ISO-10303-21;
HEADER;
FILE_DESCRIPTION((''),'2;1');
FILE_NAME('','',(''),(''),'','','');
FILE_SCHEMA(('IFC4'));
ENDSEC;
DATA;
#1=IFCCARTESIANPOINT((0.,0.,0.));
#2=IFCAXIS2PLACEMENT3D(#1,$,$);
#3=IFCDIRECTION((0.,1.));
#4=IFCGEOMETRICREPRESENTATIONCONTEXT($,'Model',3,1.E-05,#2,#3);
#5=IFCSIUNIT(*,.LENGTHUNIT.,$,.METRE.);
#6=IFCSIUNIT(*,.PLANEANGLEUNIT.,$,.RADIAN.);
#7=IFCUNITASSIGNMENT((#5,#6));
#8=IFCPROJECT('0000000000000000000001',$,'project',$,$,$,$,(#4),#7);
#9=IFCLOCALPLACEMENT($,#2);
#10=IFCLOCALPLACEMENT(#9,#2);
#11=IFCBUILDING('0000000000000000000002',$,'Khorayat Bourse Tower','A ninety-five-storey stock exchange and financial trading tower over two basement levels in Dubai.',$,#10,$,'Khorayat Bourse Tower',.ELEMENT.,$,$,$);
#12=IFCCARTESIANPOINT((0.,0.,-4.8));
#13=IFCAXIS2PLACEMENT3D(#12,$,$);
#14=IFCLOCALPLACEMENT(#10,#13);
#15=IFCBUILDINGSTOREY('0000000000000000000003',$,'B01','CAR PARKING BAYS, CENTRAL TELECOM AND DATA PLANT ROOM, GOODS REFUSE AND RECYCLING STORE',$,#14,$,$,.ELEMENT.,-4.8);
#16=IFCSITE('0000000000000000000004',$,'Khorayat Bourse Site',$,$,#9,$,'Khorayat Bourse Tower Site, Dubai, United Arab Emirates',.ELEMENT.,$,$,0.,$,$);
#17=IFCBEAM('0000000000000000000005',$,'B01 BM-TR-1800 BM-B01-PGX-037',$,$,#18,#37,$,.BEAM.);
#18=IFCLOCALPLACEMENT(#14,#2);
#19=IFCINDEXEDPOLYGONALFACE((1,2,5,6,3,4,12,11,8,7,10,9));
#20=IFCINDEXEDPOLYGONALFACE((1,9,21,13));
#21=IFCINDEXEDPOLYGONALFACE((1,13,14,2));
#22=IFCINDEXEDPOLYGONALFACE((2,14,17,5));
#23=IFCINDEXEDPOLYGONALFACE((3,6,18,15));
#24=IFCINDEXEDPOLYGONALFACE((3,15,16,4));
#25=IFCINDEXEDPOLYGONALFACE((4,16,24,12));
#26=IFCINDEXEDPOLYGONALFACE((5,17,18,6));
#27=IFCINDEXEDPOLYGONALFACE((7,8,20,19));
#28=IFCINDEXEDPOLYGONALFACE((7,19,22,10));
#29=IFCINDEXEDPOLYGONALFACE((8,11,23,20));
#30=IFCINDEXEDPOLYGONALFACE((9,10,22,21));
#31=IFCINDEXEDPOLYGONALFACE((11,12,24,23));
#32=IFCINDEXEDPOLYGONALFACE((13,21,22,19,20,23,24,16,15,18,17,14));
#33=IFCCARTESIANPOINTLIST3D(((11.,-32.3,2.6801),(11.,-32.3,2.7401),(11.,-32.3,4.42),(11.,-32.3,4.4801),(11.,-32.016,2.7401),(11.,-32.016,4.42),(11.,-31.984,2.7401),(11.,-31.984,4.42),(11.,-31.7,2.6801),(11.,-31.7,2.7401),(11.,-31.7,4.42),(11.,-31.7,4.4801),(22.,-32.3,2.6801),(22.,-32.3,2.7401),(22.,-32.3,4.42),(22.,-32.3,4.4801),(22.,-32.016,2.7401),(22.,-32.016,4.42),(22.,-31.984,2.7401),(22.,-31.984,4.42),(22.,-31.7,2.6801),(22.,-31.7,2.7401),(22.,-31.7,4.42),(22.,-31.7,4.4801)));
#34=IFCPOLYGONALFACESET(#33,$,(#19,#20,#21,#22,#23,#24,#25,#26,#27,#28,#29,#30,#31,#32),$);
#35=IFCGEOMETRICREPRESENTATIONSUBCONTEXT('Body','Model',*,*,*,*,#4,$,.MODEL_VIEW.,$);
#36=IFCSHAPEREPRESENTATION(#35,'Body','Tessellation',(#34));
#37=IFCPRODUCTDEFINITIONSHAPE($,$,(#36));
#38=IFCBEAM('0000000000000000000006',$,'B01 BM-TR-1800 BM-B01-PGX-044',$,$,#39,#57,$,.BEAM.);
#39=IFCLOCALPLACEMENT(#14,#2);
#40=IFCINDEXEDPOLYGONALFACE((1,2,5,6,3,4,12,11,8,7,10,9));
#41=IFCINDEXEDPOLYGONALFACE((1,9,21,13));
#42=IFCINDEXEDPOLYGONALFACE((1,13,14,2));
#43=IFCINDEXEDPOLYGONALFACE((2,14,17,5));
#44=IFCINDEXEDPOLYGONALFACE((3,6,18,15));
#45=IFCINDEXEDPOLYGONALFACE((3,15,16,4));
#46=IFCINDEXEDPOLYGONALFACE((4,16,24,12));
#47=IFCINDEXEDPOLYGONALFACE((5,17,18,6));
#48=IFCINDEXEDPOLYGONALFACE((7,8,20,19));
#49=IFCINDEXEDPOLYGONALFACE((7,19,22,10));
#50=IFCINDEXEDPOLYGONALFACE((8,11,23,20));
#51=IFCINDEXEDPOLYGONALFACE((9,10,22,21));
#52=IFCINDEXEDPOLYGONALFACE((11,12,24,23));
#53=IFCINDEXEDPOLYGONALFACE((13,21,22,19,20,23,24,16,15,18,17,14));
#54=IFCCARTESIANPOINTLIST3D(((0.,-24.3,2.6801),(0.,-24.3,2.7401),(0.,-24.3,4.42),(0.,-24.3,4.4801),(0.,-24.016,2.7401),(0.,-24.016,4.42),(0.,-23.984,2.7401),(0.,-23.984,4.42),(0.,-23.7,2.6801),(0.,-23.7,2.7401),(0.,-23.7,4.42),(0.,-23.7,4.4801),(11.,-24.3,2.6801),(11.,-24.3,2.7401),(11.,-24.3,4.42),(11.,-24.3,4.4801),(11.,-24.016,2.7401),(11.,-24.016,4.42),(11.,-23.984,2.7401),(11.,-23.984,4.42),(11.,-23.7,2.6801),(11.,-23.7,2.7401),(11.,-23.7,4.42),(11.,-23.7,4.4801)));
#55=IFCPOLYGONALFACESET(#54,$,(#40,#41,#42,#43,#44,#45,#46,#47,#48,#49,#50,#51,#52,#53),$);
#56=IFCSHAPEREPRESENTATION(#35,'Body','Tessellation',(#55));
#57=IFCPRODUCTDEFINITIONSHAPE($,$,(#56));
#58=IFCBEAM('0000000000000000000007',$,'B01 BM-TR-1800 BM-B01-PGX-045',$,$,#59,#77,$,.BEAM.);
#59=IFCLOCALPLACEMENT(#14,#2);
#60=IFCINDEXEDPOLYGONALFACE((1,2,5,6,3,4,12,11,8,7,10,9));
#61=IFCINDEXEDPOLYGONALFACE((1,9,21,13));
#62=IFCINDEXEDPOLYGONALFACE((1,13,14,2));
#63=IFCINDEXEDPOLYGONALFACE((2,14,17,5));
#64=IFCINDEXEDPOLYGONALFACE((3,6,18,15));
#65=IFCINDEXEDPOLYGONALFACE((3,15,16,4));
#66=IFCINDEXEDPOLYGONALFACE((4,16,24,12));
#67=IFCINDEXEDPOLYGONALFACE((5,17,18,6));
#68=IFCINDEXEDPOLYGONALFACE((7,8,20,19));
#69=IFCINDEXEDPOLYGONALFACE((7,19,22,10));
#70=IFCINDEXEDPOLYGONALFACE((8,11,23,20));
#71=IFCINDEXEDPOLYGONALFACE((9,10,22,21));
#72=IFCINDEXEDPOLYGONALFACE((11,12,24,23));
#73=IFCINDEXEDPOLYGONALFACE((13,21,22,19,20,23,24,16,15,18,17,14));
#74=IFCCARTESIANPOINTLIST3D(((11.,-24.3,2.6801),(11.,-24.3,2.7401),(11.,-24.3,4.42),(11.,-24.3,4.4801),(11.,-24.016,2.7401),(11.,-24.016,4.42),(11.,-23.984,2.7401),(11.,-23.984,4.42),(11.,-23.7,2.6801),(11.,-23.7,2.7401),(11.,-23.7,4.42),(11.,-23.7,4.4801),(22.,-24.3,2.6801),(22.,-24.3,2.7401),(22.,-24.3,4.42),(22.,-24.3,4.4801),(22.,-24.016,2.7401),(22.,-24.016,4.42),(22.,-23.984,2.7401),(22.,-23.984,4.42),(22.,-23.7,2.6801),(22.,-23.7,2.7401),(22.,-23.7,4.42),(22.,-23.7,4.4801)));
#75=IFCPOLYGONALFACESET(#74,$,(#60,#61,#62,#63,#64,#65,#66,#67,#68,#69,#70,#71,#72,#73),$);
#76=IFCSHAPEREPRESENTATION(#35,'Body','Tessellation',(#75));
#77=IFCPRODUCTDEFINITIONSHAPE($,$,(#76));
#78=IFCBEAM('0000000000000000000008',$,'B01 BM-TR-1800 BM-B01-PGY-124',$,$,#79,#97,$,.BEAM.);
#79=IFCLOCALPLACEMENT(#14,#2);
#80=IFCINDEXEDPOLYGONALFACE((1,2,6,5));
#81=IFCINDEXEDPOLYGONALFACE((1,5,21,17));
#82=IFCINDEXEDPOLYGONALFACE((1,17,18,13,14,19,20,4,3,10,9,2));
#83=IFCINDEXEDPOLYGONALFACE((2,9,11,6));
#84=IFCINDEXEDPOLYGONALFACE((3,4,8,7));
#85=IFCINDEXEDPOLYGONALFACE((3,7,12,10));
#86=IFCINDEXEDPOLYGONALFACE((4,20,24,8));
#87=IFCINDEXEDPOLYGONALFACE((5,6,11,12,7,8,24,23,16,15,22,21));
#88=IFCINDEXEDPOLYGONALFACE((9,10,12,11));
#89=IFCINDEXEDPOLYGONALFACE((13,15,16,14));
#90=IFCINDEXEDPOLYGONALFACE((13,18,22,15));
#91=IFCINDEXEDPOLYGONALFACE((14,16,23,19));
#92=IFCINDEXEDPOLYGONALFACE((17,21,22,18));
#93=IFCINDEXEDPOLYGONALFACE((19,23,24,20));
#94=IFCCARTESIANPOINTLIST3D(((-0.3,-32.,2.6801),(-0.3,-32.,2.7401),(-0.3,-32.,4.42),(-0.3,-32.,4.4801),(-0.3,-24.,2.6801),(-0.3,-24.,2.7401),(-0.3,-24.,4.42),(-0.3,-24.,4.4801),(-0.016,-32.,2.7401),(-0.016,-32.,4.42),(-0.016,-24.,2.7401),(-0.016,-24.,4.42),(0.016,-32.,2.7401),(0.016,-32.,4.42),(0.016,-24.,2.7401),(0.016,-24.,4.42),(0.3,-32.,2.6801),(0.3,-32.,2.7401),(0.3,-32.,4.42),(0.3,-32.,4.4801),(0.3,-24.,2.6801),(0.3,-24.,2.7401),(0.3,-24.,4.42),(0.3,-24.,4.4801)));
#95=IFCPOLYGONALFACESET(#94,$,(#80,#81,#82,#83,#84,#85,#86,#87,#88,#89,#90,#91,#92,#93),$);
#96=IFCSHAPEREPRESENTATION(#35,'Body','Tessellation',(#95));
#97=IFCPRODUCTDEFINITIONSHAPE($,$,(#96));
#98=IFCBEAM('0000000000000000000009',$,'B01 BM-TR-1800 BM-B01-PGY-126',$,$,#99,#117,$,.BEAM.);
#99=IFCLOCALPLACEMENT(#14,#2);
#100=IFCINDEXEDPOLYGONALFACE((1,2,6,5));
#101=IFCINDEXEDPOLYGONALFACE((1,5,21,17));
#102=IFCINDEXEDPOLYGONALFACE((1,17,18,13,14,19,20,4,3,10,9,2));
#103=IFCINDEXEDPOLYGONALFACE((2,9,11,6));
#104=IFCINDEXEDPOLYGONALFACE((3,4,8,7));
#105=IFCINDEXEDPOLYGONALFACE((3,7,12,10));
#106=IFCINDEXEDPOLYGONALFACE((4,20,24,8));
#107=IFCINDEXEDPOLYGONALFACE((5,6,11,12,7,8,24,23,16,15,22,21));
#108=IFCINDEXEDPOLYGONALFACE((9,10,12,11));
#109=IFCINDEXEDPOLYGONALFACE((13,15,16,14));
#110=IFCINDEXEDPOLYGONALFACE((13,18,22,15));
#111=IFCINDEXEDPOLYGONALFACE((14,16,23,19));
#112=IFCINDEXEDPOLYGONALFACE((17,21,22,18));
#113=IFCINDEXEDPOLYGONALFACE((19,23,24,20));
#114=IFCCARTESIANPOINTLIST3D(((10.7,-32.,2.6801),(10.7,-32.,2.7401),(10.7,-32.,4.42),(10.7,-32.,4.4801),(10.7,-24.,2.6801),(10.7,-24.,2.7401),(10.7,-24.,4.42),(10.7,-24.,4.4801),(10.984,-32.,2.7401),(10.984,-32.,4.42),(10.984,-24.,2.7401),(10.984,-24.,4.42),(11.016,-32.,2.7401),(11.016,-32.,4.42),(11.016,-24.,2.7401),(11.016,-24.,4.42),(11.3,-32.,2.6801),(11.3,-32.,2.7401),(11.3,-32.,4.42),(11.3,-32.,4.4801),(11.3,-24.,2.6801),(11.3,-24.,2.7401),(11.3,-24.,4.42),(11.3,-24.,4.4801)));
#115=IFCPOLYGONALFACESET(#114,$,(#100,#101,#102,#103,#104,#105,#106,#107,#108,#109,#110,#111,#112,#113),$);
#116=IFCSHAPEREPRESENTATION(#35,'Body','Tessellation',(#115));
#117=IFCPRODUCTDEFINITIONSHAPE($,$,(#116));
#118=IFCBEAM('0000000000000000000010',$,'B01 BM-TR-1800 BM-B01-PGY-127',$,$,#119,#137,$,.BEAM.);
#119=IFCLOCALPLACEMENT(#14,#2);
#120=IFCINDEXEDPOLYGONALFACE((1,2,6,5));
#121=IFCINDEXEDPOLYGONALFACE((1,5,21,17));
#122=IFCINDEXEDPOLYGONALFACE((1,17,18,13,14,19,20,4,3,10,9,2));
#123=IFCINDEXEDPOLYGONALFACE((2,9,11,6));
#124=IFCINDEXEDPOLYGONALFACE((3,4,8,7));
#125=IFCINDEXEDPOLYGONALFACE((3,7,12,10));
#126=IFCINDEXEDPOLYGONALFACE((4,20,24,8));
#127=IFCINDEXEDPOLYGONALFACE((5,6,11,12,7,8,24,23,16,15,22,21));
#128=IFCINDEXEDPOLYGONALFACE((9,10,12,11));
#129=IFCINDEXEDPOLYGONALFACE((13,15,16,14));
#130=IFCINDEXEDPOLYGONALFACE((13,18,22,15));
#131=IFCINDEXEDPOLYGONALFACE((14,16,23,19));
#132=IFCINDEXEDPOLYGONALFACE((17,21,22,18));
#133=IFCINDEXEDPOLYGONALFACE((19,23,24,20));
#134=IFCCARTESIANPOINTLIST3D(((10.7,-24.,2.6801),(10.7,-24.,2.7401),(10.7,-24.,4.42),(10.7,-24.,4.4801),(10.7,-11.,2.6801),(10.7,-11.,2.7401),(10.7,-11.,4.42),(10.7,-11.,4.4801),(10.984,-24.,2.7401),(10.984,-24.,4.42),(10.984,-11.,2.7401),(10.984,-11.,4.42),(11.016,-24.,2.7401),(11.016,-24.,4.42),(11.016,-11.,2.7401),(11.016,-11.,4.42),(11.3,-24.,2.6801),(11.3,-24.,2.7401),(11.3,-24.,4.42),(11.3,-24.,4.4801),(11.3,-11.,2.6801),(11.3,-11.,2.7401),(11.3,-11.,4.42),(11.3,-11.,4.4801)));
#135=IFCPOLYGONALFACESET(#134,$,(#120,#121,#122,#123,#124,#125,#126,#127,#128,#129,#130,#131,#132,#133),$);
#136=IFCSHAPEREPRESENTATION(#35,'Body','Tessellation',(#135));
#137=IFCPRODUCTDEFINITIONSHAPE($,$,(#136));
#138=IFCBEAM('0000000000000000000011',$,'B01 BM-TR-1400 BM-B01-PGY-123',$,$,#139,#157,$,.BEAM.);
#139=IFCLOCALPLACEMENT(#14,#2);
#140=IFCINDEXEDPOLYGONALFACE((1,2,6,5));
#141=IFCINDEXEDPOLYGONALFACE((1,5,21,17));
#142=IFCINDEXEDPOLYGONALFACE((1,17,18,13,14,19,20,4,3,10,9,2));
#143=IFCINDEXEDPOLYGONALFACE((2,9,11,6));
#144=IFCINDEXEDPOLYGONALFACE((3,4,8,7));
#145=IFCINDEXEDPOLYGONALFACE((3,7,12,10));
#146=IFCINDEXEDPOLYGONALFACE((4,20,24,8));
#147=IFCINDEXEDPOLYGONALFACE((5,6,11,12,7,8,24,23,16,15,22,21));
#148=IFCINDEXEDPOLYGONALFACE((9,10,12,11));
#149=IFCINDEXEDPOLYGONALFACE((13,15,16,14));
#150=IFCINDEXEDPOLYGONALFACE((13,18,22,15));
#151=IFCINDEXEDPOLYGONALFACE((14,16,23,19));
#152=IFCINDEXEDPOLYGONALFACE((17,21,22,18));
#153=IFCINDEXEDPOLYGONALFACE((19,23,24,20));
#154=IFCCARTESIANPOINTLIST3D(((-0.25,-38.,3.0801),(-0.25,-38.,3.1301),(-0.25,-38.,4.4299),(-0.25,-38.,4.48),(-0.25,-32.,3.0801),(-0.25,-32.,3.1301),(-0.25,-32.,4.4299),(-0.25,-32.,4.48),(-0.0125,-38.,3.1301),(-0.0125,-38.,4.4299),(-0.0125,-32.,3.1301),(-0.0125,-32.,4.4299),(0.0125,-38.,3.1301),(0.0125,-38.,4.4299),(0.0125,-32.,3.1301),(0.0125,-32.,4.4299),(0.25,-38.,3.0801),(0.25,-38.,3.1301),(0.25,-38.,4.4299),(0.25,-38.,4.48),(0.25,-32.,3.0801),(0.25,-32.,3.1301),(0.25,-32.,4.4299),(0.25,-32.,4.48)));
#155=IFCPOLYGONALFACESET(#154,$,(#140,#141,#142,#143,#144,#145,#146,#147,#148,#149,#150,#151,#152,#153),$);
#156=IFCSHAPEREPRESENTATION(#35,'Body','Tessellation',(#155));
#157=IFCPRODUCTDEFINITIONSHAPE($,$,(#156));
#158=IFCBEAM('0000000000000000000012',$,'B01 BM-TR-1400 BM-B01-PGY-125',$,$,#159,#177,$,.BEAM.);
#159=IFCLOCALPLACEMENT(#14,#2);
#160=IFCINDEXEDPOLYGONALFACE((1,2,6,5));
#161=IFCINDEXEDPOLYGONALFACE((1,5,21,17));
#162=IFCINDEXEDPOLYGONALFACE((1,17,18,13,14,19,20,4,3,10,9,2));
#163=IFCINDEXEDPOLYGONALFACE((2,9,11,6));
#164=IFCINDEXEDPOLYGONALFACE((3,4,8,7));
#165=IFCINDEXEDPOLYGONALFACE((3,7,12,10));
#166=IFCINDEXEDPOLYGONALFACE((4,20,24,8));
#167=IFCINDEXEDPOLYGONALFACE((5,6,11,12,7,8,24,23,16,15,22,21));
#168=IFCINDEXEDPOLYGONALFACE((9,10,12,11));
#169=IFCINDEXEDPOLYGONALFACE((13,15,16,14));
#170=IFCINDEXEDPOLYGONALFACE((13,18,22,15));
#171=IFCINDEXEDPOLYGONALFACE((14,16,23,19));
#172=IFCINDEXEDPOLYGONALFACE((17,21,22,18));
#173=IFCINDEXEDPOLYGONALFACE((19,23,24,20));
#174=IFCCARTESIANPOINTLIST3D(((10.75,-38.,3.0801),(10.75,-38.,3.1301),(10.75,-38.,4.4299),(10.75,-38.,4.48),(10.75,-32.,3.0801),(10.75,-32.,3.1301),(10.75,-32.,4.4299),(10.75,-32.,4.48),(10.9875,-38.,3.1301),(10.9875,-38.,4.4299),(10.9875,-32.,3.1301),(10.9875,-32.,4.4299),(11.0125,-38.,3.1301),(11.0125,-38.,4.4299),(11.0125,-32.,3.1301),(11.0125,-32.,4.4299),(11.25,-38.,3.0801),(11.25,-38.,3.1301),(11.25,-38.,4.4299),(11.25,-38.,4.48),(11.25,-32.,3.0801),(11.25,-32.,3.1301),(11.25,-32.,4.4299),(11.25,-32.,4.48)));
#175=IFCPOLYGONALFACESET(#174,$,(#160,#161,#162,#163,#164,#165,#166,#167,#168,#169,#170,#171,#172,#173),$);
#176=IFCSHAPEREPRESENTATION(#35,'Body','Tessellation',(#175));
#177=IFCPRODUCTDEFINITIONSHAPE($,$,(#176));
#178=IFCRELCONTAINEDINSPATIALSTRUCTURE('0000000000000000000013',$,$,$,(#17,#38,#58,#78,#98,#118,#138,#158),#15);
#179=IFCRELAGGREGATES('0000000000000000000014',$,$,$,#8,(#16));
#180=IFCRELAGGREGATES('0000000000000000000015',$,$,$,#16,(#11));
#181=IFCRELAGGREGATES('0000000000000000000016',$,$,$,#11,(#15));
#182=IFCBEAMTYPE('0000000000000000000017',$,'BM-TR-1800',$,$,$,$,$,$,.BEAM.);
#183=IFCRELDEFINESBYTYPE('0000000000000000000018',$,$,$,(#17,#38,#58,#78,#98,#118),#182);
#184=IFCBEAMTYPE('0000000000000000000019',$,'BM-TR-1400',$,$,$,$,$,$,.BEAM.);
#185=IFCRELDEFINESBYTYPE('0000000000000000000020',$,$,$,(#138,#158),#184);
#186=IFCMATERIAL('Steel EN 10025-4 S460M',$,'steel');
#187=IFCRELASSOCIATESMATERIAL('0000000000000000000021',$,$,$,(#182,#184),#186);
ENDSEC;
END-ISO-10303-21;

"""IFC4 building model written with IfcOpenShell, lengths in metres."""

from ifc_helpers import new_model, si_unit, direction, frame, origin, origin_2d, place, context, subcontext, project, spatial, i_section, extrude, source, transform, mapped, material, material_profile, profile_set, type_object, element, save


model = new_model("IFC4")

# Units and contexts
model_context = context("Model", 3, precision=1e-05, world=origin(), true_north=direction((0.0, 1.0)))
body_context = subcontext(model_context, "Body", "Model", "MODEL_VIEW")
ifc_project = project(units=[si_unit("LENGTHUNIT", "METRE"), si_unit("PLANEANGLEUNIT", "RADIAN")], contexts=[model_context])

# Site, building, storey
site_placement = place(None, origin())
site = spatial("IfcSite", under=ifc_project, at=site_placement, Name="Khorayat Bourse Site", LongName="Khorayat Bourse Tower Site, Dubai, United Arab Emirates", CompositionType="ELEMENT", RefElevation=0.0)
building_placement = place(site_placement, origin())
building = spatial("IfcBuilding", under=site, at=building_placement, Name="Khorayat Bourse Tower", Description="A ninety-five-storey stock exchange and financial trading tower over two basement levels in Dubai.", LongName="Khorayat Bourse Tower", CompositionType="ELEMENT")
storey_placement = place(building_placement, frame((0.0, 0.0, -4.8)))
storey = spatial("IfcBuildingStorey", under=building, at=storey_placement, Name="B01", Description="CAR PARKING BAYS, CENTRAL TELECOM AND DATA PLANT ROOM, GOODS REFUSE AND RECYCLING STORE", CompositionType="ELEMENT", Elevation=-4.8)

# Beams
ifc_material_1 = material(Name="Steel EN 10025-4 S460M", Category="steel")
ifc_material_profile_1 = material_profile(ifc_material_1, i_section(OverallWidth=0.6001, OverallDepth=1.8, WebThickness=0.032, FlangeThickness=0.0601, at=origin_2d()), Name="PG 1800x600x32x60")
ifc_profile_set_1 = profile_set([ifc_material_profile_1], Name="Steel EN 10025-4 S460M")
beam_type_1 = type_object("IfcBeamType", Name="BM-TR-1800", PredefinedType="BEAM", material=ifc_profile_set_1)
shared_shape_1 = source(origin(), body_context, "Body", "SweptSolid", [
    extrude(i_section(OverallWidth=0.6001, OverallDepth=1.8, WebThickness=0.032, FlangeThickness=0.0601, at=origin_2d()), origin(), (0.0, 0.0, 1.0), 11.0),
])
for number, where, z_axis, x_axis, name in (
    (1, (11.0, -32.0, 3.5801), (1.0, 0.0, 0.0), (0.0, 1.0, 0.0), "B01 BM-TR-1800 BM-B01-PGX-037"),
    (2, (0.0, -24.0, 3.5801), (1.0, 0.0, 0.0), (0.0, 1.0, 0.0), "B01 BM-TR-1800 BM-B01-PGX-044"),
    (3, (11.0, -24.0, 3.5801), (1.0, 0.0, 0.0), (0.0, 1.0, 0.0), "B01 BM-TR-1800 BM-B01-PGX-045"),
):
    element("IfcBeam", number, at=place(storey_placement, frame(where, z_axis=z_axis, x_axis=x_axis)), inside=storey, type_object=beam_type_1, Name=name, PredefinedType="BEAM", context=body_context, shape_type="MappedRepresentation", body=[
        mapped(shared_shape_1, transform((0.0, 0.0, 0.0), scale=1.0)),
    ])
shared_shape_2 = source(origin(), body_context, "Body", "SweptSolid", [
    extrude(i_section(OverallWidth=0.6001, OverallDepth=1.8, WebThickness=0.032, FlangeThickness=0.0601, at=origin_2d()), origin(), (0.0, 0.0, 1.0), 8.0),
])
for number, where, z_axis, x_axis, name in (
    (4, (0.0, -32.0, 3.5801), (0.0, 1.0, 0.0), (-1.0, 0.0, 0.0), "B01 BM-TR-1800 BM-B01-PGY-124"),
    (5, (11.0, -32.0, 3.5801), (0.0, 1.0, 0.0), (-1.0, 0.0, 0.0), "B01 BM-TR-1800 BM-B01-PGY-126"),
):
    element("IfcBeam", number, at=place(storey_placement, frame(where, z_axis=z_axis, x_axis=x_axis)), inside=storey, type_object=beam_type_1, Name=name, PredefinedType="BEAM", context=body_context, shape_type="MappedRepresentation", body=[
        mapped(shared_shape_2, transform((0.0, 0.0, 0.0), scale=1.0)),
    ])
shared_shape_3 = source(origin(), body_context, "Body", "SweptSolid", [
    extrude(i_section(OverallWidth=0.6001, OverallDepth=1.8, WebThickness=0.032, FlangeThickness=0.0601, at=origin_2d()), origin(), (0.0, 0.0, 1.0), 13.0),
])
beam_1_placement = place(storey_placement, frame((11.0, -24.0, 3.5801), z_axis=(0.0, 1.0, 0.0), x_axis=(-1.0, 0.0, 0.0)))
element("IfcBeam", 6, at=beam_1_placement, inside=storey, type_object=beam_type_1, Name="B01 BM-TR-1800 BM-B01-PGY-127", PredefinedType="BEAM", context=body_context, shape_type="MappedRepresentation", body=[
    mapped(shared_shape_3, transform((0.0, 0.0, 0.0), scale=1.0)),
])
ifc_material_profile_2 = material_profile(ifc_material_1, i_section(OverallWidth=0.5, OverallDepth=1.3999, WebThickness=0.0249, FlangeThickness=0.05, at=origin_2d()), Name="PG 1400x500x25x50")
ifc_profile_set_2 = profile_set([ifc_material_profile_2], Name="Steel EN 10025-4 S460M")
beam_type_2 = type_object("IfcBeamType", Name="BM-TR-1400", PredefinedType="BEAM", material=ifc_profile_set_2)
shared_shape_4 = source(origin(), body_context, "Body", "SweptSolid", [
    extrude(i_section(OverallWidth=0.5, OverallDepth=1.3999, WebThickness=0.0249, FlangeThickness=0.05, at=origin_2d()), origin(), (0.0, 0.0, 1.0), 6.0),
])
for number, where, z_axis, x_axis, name in (
    (7, (0.0, -38.0, 3.78), (0.0, 1.0, 0.0), (-1.0, 0.0, 0.0), "B01 BM-TR-1400 BM-B01-PGY-123"),
    (8, (11.0, -38.0, 3.78), (0.0, 1.0, 0.0), (-1.0, 0.0, 0.0), "B01 BM-TR-1400 BM-B01-PGY-125"),
):
    element("IfcBeam", number, at=place(storey_placement, frame(where, z_axis=z_axis, x_axis=x_axis)), inside=storey, type_object=beam_type_2, Name=name, PredefinedType="BEAM", context=body_context, shape_type="MappedRepresentation", body=[
        mapped(shared_shape_4, transform((0.0, 0.0, 0.0), scale=1.0)),
    ])

save(model, "model.ifc")
